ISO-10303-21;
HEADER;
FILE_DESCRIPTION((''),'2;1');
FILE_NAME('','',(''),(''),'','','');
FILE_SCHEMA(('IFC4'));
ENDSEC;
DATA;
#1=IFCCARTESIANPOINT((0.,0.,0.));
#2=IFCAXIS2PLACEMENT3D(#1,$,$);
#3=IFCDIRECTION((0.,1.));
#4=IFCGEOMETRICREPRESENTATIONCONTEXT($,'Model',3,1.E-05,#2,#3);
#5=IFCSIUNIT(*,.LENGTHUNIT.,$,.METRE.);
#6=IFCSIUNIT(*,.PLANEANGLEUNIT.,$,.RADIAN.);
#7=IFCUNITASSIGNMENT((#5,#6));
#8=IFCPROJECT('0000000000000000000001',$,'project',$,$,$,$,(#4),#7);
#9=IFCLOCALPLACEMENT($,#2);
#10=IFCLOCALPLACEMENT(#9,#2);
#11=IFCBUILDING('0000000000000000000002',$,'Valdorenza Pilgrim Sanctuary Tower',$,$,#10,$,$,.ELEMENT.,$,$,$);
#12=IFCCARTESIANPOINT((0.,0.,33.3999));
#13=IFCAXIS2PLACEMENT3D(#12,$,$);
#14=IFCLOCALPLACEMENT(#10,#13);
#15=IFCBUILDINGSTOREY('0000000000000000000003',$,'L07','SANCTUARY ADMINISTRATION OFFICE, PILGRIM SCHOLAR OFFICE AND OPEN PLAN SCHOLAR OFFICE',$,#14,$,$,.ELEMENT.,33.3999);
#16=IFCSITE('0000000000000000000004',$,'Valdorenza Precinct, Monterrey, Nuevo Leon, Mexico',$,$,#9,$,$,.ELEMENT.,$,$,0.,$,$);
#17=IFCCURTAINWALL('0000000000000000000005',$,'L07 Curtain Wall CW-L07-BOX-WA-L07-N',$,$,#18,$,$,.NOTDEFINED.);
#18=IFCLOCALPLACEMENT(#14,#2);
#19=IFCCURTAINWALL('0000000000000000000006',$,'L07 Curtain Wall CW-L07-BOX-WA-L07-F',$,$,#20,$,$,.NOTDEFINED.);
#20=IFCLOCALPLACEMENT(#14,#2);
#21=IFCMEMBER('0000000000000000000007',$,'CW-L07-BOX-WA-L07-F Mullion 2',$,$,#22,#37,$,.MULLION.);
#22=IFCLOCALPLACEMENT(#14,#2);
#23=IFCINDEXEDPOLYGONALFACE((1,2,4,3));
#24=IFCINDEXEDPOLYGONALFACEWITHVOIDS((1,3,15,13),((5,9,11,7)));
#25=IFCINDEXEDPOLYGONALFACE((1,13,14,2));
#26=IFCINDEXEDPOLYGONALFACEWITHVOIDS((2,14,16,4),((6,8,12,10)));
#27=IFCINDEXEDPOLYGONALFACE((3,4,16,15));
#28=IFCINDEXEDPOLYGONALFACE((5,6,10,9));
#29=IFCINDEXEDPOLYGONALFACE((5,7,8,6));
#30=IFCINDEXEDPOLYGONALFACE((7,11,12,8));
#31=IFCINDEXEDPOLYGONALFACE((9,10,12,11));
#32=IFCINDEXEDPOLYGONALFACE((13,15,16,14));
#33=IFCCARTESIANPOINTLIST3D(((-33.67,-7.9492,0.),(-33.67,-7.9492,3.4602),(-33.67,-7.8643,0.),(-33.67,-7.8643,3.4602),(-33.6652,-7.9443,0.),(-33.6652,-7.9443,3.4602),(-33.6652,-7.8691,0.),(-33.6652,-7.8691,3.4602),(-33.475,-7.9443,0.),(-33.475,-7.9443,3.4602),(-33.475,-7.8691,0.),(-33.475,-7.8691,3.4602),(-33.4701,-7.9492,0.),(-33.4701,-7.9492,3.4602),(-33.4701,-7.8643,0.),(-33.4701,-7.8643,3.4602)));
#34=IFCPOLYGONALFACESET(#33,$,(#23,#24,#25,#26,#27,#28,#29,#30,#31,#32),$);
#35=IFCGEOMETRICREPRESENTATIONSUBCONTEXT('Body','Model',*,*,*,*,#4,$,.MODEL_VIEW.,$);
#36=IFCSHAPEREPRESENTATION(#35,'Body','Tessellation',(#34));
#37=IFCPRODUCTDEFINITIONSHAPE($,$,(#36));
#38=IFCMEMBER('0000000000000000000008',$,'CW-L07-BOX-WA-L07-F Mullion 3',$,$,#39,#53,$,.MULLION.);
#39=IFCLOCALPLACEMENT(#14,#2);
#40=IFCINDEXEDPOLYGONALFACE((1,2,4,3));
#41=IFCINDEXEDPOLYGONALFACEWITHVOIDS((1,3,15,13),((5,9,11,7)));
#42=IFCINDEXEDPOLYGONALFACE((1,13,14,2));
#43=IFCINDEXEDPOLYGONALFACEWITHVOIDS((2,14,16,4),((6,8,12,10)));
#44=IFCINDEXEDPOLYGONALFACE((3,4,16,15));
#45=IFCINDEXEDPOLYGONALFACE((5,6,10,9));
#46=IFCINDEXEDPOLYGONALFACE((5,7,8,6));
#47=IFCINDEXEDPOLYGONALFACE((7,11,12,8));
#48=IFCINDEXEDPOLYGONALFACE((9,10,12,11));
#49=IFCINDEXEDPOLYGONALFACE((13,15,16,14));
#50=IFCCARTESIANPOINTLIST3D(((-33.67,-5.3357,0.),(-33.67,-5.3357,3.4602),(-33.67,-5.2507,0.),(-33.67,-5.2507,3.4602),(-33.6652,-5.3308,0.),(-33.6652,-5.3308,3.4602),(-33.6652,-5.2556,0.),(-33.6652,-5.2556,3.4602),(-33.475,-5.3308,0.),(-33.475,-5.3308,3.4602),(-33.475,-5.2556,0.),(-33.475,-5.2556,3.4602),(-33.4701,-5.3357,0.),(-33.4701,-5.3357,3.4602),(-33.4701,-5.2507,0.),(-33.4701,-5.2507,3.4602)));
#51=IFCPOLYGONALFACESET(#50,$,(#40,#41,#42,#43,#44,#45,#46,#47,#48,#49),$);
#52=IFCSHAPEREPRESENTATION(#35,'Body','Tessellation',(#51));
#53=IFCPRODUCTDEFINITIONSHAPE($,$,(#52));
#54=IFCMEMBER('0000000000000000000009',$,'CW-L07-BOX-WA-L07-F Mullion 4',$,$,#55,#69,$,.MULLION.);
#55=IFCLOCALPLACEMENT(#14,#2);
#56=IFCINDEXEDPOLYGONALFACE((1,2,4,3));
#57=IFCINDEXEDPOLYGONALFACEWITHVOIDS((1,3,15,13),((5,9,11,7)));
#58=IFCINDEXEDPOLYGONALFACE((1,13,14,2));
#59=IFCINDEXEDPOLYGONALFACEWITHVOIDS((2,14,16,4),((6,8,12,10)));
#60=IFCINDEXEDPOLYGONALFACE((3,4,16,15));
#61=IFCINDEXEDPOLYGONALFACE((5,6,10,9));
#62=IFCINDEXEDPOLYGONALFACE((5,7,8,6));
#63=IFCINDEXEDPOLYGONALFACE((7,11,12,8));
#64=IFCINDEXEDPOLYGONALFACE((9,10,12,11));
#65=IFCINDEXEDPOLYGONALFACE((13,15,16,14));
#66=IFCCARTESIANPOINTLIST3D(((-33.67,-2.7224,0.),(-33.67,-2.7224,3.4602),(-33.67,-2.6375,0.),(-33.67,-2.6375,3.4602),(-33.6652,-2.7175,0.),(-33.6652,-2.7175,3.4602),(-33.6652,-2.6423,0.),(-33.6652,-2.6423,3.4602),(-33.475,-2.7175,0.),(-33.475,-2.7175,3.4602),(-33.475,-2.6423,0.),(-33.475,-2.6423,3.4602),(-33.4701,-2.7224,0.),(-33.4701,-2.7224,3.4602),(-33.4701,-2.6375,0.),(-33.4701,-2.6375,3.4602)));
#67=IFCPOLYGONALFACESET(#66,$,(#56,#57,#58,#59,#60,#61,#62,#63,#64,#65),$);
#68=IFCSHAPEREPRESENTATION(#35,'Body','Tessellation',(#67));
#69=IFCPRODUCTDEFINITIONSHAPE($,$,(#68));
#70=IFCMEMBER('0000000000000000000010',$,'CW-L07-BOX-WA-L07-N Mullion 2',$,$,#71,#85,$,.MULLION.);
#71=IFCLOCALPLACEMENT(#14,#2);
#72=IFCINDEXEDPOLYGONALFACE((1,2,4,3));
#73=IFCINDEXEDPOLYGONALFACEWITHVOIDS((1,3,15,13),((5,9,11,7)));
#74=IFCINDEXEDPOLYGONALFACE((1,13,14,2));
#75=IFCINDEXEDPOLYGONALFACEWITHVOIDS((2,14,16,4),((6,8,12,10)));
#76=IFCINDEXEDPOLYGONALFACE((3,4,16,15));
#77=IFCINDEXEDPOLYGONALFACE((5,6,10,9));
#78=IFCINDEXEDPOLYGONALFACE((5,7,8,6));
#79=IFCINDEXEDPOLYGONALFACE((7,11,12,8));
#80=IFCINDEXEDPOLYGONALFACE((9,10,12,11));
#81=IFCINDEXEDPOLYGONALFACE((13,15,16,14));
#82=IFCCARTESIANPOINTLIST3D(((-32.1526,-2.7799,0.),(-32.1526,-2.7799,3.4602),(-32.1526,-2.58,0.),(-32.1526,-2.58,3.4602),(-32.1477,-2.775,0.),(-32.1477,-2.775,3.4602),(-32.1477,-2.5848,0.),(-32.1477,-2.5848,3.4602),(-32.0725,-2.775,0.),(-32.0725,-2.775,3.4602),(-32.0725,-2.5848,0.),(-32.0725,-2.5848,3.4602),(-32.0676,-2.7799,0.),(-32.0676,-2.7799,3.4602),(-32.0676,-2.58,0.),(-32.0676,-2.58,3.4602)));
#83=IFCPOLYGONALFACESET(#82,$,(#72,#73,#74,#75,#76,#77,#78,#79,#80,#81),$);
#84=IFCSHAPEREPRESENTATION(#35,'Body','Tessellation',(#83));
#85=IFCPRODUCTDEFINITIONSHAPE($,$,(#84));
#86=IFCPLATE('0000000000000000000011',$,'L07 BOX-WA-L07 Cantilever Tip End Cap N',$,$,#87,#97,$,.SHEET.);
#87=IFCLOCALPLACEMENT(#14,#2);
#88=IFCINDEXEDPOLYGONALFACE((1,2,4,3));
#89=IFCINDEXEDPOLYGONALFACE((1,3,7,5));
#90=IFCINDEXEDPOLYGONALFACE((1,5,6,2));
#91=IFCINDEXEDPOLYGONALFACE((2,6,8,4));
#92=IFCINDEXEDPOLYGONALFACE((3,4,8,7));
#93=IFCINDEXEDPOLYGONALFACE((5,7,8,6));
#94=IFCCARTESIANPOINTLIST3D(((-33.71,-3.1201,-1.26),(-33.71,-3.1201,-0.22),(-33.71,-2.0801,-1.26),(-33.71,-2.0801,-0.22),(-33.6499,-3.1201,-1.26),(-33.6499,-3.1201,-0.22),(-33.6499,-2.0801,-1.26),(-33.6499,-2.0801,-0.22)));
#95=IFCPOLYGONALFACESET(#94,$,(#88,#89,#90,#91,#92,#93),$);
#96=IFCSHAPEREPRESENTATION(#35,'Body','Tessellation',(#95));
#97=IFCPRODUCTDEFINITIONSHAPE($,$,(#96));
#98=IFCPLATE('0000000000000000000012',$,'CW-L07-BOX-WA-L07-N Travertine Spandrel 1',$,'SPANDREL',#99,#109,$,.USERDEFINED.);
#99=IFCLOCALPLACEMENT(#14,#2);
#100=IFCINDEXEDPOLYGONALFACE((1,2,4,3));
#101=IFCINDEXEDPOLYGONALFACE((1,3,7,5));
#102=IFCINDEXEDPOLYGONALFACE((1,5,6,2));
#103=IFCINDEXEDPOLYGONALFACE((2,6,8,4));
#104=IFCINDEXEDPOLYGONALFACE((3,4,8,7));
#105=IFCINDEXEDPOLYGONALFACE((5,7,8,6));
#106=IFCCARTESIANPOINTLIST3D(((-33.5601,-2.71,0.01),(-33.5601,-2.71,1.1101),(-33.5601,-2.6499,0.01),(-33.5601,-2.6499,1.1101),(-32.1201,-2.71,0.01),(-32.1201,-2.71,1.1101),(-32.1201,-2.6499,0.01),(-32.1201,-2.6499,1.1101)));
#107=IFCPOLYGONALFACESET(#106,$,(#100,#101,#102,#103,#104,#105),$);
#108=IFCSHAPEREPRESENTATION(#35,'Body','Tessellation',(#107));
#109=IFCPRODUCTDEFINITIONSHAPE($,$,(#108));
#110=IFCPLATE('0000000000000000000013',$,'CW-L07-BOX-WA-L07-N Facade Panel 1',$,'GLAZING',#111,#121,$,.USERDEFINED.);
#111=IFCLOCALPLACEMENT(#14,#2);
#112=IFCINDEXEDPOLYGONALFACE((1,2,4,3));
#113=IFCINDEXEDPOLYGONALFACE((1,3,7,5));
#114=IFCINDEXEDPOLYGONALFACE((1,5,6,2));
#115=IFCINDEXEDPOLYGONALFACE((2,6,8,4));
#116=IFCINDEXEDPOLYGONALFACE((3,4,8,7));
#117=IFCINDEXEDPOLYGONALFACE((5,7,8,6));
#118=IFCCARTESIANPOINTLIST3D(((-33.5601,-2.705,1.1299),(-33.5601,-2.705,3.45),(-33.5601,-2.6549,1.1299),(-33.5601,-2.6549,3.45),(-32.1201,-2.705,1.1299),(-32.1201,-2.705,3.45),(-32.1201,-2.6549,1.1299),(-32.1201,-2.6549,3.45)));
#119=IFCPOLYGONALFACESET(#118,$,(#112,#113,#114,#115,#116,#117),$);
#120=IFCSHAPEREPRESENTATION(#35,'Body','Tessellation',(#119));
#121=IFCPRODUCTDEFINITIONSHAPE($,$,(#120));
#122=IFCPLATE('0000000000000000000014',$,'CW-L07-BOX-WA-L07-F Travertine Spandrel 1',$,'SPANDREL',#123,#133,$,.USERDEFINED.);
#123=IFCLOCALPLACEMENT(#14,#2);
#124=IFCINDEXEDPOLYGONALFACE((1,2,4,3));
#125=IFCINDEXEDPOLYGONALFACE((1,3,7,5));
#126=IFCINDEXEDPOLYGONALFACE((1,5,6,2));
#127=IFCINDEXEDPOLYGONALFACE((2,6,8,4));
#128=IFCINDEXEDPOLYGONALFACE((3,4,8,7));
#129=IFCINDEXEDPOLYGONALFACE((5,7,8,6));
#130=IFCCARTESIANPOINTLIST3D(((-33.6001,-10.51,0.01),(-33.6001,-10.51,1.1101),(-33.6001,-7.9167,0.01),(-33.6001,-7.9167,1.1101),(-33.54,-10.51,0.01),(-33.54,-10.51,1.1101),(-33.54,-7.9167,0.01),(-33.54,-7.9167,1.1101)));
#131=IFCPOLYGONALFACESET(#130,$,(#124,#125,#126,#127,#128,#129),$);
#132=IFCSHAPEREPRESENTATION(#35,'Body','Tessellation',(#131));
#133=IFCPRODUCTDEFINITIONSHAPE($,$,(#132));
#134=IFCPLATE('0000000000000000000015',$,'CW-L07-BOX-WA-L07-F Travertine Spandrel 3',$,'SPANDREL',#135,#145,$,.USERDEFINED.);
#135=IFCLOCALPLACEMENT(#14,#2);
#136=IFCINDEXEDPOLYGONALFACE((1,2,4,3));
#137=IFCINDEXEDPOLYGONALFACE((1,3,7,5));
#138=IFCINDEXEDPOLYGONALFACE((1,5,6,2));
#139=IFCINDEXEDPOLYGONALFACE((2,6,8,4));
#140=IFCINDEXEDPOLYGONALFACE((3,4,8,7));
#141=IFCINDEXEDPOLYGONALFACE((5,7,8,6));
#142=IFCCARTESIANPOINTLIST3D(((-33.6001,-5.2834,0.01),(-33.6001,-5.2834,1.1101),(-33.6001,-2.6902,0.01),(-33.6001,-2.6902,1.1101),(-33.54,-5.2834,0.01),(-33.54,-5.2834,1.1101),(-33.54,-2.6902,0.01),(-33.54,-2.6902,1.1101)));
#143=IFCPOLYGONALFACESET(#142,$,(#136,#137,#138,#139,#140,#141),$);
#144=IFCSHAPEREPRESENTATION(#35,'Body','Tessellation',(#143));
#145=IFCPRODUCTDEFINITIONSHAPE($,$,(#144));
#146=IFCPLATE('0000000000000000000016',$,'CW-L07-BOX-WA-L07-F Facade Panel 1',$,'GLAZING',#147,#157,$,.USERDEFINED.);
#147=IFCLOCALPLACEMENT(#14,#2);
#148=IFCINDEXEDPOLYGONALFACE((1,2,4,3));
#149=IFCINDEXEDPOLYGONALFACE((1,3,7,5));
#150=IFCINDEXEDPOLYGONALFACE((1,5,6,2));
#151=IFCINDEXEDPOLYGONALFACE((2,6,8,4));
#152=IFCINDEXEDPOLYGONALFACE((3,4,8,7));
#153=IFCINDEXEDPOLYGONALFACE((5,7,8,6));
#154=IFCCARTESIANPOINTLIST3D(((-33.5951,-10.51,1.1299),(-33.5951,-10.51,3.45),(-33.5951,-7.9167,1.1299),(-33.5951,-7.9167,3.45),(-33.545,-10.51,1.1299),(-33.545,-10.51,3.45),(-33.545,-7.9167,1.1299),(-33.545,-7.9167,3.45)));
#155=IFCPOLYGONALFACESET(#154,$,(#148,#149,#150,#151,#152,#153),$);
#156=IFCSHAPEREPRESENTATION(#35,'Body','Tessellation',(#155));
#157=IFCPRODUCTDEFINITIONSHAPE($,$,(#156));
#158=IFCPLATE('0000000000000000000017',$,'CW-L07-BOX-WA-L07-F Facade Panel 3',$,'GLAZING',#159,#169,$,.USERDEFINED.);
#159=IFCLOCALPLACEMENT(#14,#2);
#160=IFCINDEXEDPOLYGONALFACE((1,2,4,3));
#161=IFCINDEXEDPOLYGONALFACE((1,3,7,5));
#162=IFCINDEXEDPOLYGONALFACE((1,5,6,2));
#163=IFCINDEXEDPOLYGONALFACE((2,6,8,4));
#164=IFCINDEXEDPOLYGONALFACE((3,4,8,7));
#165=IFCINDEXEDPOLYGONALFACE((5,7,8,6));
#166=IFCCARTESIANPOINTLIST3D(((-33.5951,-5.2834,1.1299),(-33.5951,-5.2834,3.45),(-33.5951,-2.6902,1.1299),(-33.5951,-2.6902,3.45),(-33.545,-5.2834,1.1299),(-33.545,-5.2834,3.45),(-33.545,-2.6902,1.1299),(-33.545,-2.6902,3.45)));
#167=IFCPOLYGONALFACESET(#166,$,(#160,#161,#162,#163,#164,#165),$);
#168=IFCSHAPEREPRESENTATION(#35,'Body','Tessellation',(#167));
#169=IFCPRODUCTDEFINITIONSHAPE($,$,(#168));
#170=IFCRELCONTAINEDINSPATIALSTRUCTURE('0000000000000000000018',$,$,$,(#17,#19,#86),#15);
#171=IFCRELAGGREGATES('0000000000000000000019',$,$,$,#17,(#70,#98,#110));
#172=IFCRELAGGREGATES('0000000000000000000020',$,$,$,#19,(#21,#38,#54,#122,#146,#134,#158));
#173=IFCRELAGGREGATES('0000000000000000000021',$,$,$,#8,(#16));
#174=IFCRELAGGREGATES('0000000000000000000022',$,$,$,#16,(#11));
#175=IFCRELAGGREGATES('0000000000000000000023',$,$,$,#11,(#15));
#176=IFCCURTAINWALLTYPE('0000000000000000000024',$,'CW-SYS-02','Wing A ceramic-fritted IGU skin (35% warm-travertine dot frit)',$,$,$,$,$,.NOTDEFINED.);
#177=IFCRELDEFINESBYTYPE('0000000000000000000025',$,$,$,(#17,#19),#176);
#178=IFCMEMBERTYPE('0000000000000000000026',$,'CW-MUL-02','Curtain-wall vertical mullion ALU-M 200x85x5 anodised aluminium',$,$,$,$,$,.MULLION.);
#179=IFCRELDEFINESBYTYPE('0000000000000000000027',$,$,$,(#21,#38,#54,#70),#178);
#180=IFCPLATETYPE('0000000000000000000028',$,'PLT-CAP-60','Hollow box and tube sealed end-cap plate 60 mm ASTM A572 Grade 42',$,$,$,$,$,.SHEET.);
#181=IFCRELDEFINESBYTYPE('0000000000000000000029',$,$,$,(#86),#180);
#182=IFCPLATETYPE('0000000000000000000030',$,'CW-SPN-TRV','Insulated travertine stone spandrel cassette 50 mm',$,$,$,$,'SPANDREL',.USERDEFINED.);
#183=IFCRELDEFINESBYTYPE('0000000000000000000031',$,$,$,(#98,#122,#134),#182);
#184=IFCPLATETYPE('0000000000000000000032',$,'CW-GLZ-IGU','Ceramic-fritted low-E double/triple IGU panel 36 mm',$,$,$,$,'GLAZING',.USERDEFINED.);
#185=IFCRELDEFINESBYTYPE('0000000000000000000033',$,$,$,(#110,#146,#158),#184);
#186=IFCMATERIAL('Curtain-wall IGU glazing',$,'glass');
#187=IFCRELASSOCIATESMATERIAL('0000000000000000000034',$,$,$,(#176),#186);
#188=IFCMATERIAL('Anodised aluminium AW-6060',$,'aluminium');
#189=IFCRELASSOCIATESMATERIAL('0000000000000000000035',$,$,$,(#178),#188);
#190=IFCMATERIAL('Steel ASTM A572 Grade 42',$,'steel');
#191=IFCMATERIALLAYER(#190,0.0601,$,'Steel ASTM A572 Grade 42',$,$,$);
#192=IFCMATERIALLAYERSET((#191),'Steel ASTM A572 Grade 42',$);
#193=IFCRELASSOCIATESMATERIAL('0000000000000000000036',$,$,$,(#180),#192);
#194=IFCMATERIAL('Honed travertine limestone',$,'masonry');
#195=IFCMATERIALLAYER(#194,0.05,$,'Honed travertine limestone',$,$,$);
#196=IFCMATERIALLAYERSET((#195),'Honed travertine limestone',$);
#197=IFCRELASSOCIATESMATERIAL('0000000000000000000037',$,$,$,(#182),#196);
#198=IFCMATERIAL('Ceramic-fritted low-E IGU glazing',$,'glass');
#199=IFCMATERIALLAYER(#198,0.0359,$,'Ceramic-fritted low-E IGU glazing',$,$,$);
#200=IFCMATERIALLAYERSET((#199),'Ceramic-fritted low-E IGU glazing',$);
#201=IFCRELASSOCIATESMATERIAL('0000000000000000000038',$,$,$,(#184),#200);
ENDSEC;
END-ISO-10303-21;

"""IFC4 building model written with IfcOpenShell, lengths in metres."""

from ifc_helpers import new_model, si_unit, direction, frame, origin, origin_2d, place, context, subcontext, project, spatial, rectangle, hollow_rectangle, extrude, source, transform, mapped, material, layer, layer_set, material_profile, profile_set, type_object, element, aggregate, save


model = new_model("IFC4")

# Units and contexts
model_context = context("Model", 3, precision=1e-05, world=origin(), true_north=direction((0.0, 1.0)))
body_context = subcontext(model_context, "Body", "Model", "MODEL_VIEW")
ifc_project = project(units=[si_unit("LENGTHUNIT", "METRE"), si_unit("PLANEANGLEUNIT", "RADIAN")], contexts=[model_context])

# Site, building, storey
site_placement = place(None, origin())
site = spatial("IfcSite", under=ifc_project, at=site_placement, Name="Valdorenza Precinct, Monterrey, Nuevo Leon, Mexico", CompositionType="ELEMENT", RefElevation=0.0)
building_placement = place(site_placement, origin())
building = spatial("IfcBuilding", under=site, at=building_placement, Name="Valdorenza Pilgrim Sanctuary Tower", CompositionType="ELEMENT")
storey_placement = place(building_placement, frame((0.0, 0.0, 33.3999)))
storey = spatial("IfcBuildingStorey", under=building, at=storey_placement, Name="L07", Description="SANCTUARY ADMINISTRATION OFFICE, PILGRIM SCHOLAR OFFICE AND OPEN PLAN SCHOLAR OFFICE", CompositionType="ELEMENT", Elevation=33.3999)

# Shared definitions
ifc_material_1 = material(Name="Steel ASTM A572 Grade 42", Category="steel")

# Curtain wall
ifc_material_2 = material(Name="Curtain-wall IGU glazing", Category="glass")
curtain_wall_type = type_object("IfcCurtainWallType", Name="CW-SYS-02", Description="Wing A ceramic-fritted IGU skin (35% warm-travertine dot frit)", PredefinedType="NOTDEFINED", material=ifc_material_2)
ifc_material_3 = material(Name="Anodised aluminium AW-6060", Category="aluminium")
curtain_wall_1_placement = place(storey_placement, origin())
curtain_wall_1 = element("IfcCurtainWall", 1, at=curtain_wall_1_placement, inside=storey, type_object=curtain_wall_type, Name="L07 Curtain Wall CW-L07-BOX-WA-L07-N", PredefinedType="NOTDEFINED")

# Shared definitions
ifc_material_profile_1 = material_profile(ifc_material_3, hollow_rectangle(XDim=0.085, YDim=0.2, WallThickness=0.0049, at=origin_2d()), Name="ALU-M 200x85x5")
ifc_profile_set_1 = profile_set([ifc_material_profile_1], Name="Anodised aluminium AW-6060")
member_type_1 = type_object("IfcMemberType", Name="CW-MUL-02", Description="Curtain-wall vertical mullion ALU-M 200x85x5 anodised aluminium", PredefinedType="MULLION", material=ifc_profile_set_1)
shared_shape_1 = source(origin(), body_context, "Body", "SweptSolid", [
    extrude(hollow_rectangle(XDim=0.085, YDim=0.2, WallThickness=0.0049, at=origin_2d()), origin(), (0.0, 0.0, 1.0), 3.4602),
])

# Curtain wall, members
curtain_wall_2_placement = place(storey_placement, origin())
curtain_wall_2 = element("IfcCurtainWall", 2, at=curtain_wall_2_placement, inside=storey, type_object=curtain_wall_type, Name="L07 Curtain Wall CW-L07-BOX-WA-L07-F", PredefinedType="NOTDEFINED")
member_1_placement = place(storey_placement, frame((-33.5701, -7.9067, 0.0), z_axis=(0.0, 0.0, 1.0), x_axis=(0.0, 1.0, 0.0)))
member_1 = element("IfcMember", 3, at=member_1_placement, type_object=member_type_1, Name="CW-L07-BOX-WA-L07-F Mullion 2", PredefinedType="MULLION", context=body_context, shape_type="MappedRepresentation", body=[
    mapped(shared_shape_1, transform((0.0, 0.0, 0.0), x_axis=(1.0, 0.0, 0.0), y_axis=(0.0, 1.0, 0.0), z_axis=(0.0, 0.0, 1.0), scale=1.0)),
])
member_2_placement = place(storey_placement, frame((-33.5701, -5.2932, 0.0), z_axis=(0.0, 0.0, 1.0), x_axis=(0.0, 1.0, 0.0)))
member_2 = element("IfcMember", 4, at=member_2_placement, type_object=member_type_1, Name="CW-L07-BOX-WA-L07-F Mullion 3", PredefinedType="MULLION", context=body_context, shape_type="MappedRepresentation", body=[
    mapped(shared_shape_1, transform((0.0, 0.0, 0.0), x_axis=(1.0, 0.0, 0.0), y_axis=(0.0, 1.0, 0.0), z_axis=(0.0, 0.0, 1.0), scale=1.0)),
])
member_3_placement = place(storey_placement, frame((-33.5701, -2.6799, 0.0), z_axis=(0.0, 0.0, 1.0), x_axis=(0.0, 1.0, 0.0)))
member_3 = element("IfcMember", 5, at=member_3_placement, type_object=member_type_1, Name="CW-L07-BOX-WA-L07-F Mullion 4", PredefinedType="MULLION", context=body_context, shape_type="MappedRepresentation", body=[
    mapped(shared_shape_1, transform((0.0, 0.0, 0.0), x_axis=(1.0, 0.0, 0.0), y_axis=(0.0, 1.0, 0.0), z_axis=(0.0, 0.0, 1.0), scale=1.0)),
])

# Member
member_4_placement = place(storey_placement, frame((-32.1101, -2.6799, 0.0), z_axis=(0.0, 0.0, 1.0), x_axis=(1.0, 0.0, 0.0)))
member_4 = element("IfcMember", 6, at=member_4_placement, type_object=member_type_1, Name="CW-L07-BOX-WA-L07-N Mullion 2", PredefinedType="MULLION", context=body_context, shape_type="MappedRepresentation", body=[
    mapped(shared_shape_1, transform((0.0, 0.0, 0.0), x_axis=(1.0, 0.0, 0.0), y_axis=(0.0, 1.0, 0.0), z_axis=(0.0, 0.0, 1.0), scale=1.0)),
])

# Plates
ifc_layer_1 = layer(ifc_material_1, 0.0601, Name="Steel ASTM A572 Grade 42")
ifc_layer_set_1 = layer_set([ifc_layer_1], Name="Steel ASTM A572 Grade 42")
plate_type_1 = type_object("IfcPlateType", Name="PLT-CAP-60", Description="Hollow box and tube sealed end-cap plate 60 mm ASTM A572 Grade 42", PredefinedType="SHEET", material=ifc_layer_set_1)
shared_shape_2 = source(origin(), body_context, "Body", "SweptSolid", [
    extrude(rectangle(XDim=0.0601, YDim=1.04, at=origin_2d()), origin(), (0.0, 0.0, 1.0), 1.04),
])
plate_1_placement = place(storey_placement, frame((-33.6799, -2.6001, -1.26), z_axis=(0.0, 0.0, 1.0), x_axis=(1.0, 0.0, 0.0)))
element("IfcPlate", 7, at=plate_1_placement, inside=storey, type_object=plate_type_1, Name="L07 BOX-WA-L07 Cantilever Tip End Cap N", PredefinedType="SHEET", context=body_context, shape_type="MappedRepresentation", body=[
    mapped(shared_shape_2, transform((0.0, 0.0, 0.0), x_axis=(1.0, 0.0, 0.0), y_axis=(0.0, 1.0, 0.0), z_axis=(0.0, 0.0, 1.0), scale=1.0)),
])
ifc_material_4 = material(Name="Honed travertine limestone", Category="masonry")
ifc_layer_2 = layer(ifc_material_4, 0.05, Name="Honed travertine limestone")
ifc_layer_set_2 = layer_set([ifc_layer_2], Name="Honed travertine limestone")
plate_type_2 = type_object("IfcPlateType", Name="CW-SPN-TRV", Description="Insulated travertine stone spandrel cassette 50 mm", ElementType="SPANDREL", PredefinedType="USERDEFINED", material=ifc_layer_set_2)
shared_shape_3 = source(origin(), body_context, "Body", "SweptSolid", [
    extrude(rectangle(XDim=1.4399, YDim=0.0601, at=origin_2d()), origin(), (0.0, 0.0, 1.0), 1.1001),
])
plate_2_placement = place(storey_placement, frame((-32.8401, -2.6799, 0.01), z_axis=(0.0, 0.0, 1.0), x_axis=(1.0, 0.0, 0.0)))
plate_2 = element("IfcPlate", 8, at=plate_2_placement, type_object=plate_type_2, Name="CW-L07-BOX-WA-L07-N Travertine Spandrel 1", ObjectType="SPANDREL", PredefinedType="USERDEFINED", context=body_context, shape_type="MappedRepresentation", body=[
    mapped(shared_shape_3, transform((0.0, 0.0, 0.0), x_axis=(1.0, 0.0, 0.0), y_axis=(0.0, 1.0, 0.0), z_axis=(0.0, 0.0, 1.0), scale=1.0)),
])
ifc_material_5 = material(Name="Ceramic-fritted low-E IGU glazing", Category="glass")
ifc_layer_3 = layer(ifc_material_5, 0.0359, Name="Ceramic-fritted low-E IGU glazing")
ifc_layer_set_3 = layer_set([ifc_layer_3], Name="Ceramic-fritted low-E IGU glazing")
plate_type_3 = type_object("IfcPlateType", Name="CW-GLZ-IGU", Description="Ceramic-fritted low-E double/triple IGU panel 36 mm", ElementType="GLAZING", PredefinedType="USERDEFINED", material=ifc_layer_set_3)
shared_shape_4 = source(origin(), body_context, "Body", "SweptSolid", [
    extrude(rectangle(XDim=1.4399, YDim=0.05, at=origin_2d()), origin(), (0.0, 0.0, 1.0), 2.3201),
])
plate_3_placement = place(storey_placement, frame((-32.8401, -2.6799, 1.1299), z_axis=(0.0, 0.0, 1.0), x_axis=(1.0, 0.0, 0.0)))
plate_3 = element("IfcPlate", 9, at=plate_3_placement, type_object=plate_type_3, Name="CW-L07-BOX-WA-L07-N Facade Panel 1", ObjectType="GLAZING", PredefinedType="USERDEFINED", context=body_context, shape_type="MappedRepresentation", body=[
    mapped(shared_shape_4, transform((0.0, 0.0, 0.0), x_axis=(1.0, 0.0, 0.0), y_axis=(0.0, 1.0, 0.0), z_axis=(0.0, 0.0, 1.0), scale=1.0)),
])
aggregate(curtain_wall_1, [member_4, plate_2, plate_3])
shared_shape_5 = source(origin(), body_context, "Body", "SweptSolid", [
    extrude(rectangle(XDim=2.5933, YDim=0.0601, at=origin_2d()), origin(), (0.0, 0.0, 1.0), 1.1001),
])
plate_4_placement = place(storey_placement, frame((-33.5701, -9.2134, 0.01), z_axis=(0.0, 0.0, 1.0), x_axis=(0.0, 1.0, 0.0)))
plate_4 = element("IfcPlate", 10, at=plate_4_placement, type_object=plate_type_2, Name="CW-L07-BOX-WA-L07-F Travertine Spandrel 1", ObjectType="SPANDREL", PredefinedType="USERDEFINED", context=body_context, shape_type="MappedRepresentation", body=[
    mapped(shared_shape_5, transform((0.0, 0.0, 0.0), x_axis=(1.0, 0.0, 0.0), y_axis=(0.0, 1.0, 0.0), z_axis=(0.0, 0.0, 1.0), scale=1.0)),
])
plate_5_placement = place(storey_placement, frame((-33.5701, -3.9868, 0.01), z_axis=(0.0, 0.0, 1.0), x_axis=(0.0, 1.0, 0.0)))
plate_5 = element("IfcPlate", 11, at=plate_5_placement, type_object=plate_type_2, Name="CW-L07-BOX-WA-L07-F Travertine Spandrel 3", ObjectType="SPANDREL", PredefinedType="USERDEFINED", context=body_context, shape_type="MappedRepresentation", body=[
    mapped(shared_shape_5, transform((0.0, 0.0, 0.0), x_axis=(1.0, 0.0, 0.0), y_axis=(0.0, 1.0, 0.0), z_axis=(0.0, 0.0, 1.0), scale=1.0)),
])
shared_shape_6 = source(origin(), body_context, "Body", "SweptSolid", [
    extrude(rectangle(XDim=2.5933, YDim=0.05, at=origin_2d()), origin(), (0.0, 0.0, 1.0), 2.3201),
])
plate_6_placement = place(storey_placement, frame((-33.5701, -9.2134, 1.1299), z_axis=(0.0, 0.0, 1.0), x_axis=(0.0, 1.0, 0.0)))
plate_6 = element("IfcPlate", 12, at=plate_6_placement, type_object=plate_type_3, Name="CW-L07-BOX-WA-L07-F Facade Panel 1", ObjectType="GLAZING", PredefinedType="USERDEFINED", context=body_context, shape_type="MappedRepresentation", body=[
    mapped(shared_shape_6, transform((0.0, 0.0, 0.0), x_axis=(1.0, 0.0, 0.0), y_axis=(0.0, 1.0, 0.0), z_axis=(0.0, 0.0, 1.0), scale=1.0)),
])
plate_7_placement = place(storey_placement, frame((-33.5701, -3.9868, 1.1299), z_axis=(0.0, 0.0, 1.0), x_axis=(0.0, 1.0, 0.0)))
plate_7 = element("IfcPlate", 13, at=plate_7_placement, type_object=plate_type_3, Name="CW-L07-BOX-WA-L07-F Facade Panel 3", ObjectType="GLAZING", PredefinedType="USERDEFINED", context=body_context, shape_type="MappedRepresentation", body=[
    mapped(shared_shape_6, transform((0.0, 0.0, 0.0), x_axis=(1.0, 0.0, 0.0), y_axis=(0.0, 1.0, 0.0), z_axis=(0.0, 0.0, 1.0), scale=1.0)),
])
aggregate(curtain_wall_2, [member_1, member_2, member_3, plate_4, plate_6, plate_5, plate_7])

save(model, "model.ifc")
